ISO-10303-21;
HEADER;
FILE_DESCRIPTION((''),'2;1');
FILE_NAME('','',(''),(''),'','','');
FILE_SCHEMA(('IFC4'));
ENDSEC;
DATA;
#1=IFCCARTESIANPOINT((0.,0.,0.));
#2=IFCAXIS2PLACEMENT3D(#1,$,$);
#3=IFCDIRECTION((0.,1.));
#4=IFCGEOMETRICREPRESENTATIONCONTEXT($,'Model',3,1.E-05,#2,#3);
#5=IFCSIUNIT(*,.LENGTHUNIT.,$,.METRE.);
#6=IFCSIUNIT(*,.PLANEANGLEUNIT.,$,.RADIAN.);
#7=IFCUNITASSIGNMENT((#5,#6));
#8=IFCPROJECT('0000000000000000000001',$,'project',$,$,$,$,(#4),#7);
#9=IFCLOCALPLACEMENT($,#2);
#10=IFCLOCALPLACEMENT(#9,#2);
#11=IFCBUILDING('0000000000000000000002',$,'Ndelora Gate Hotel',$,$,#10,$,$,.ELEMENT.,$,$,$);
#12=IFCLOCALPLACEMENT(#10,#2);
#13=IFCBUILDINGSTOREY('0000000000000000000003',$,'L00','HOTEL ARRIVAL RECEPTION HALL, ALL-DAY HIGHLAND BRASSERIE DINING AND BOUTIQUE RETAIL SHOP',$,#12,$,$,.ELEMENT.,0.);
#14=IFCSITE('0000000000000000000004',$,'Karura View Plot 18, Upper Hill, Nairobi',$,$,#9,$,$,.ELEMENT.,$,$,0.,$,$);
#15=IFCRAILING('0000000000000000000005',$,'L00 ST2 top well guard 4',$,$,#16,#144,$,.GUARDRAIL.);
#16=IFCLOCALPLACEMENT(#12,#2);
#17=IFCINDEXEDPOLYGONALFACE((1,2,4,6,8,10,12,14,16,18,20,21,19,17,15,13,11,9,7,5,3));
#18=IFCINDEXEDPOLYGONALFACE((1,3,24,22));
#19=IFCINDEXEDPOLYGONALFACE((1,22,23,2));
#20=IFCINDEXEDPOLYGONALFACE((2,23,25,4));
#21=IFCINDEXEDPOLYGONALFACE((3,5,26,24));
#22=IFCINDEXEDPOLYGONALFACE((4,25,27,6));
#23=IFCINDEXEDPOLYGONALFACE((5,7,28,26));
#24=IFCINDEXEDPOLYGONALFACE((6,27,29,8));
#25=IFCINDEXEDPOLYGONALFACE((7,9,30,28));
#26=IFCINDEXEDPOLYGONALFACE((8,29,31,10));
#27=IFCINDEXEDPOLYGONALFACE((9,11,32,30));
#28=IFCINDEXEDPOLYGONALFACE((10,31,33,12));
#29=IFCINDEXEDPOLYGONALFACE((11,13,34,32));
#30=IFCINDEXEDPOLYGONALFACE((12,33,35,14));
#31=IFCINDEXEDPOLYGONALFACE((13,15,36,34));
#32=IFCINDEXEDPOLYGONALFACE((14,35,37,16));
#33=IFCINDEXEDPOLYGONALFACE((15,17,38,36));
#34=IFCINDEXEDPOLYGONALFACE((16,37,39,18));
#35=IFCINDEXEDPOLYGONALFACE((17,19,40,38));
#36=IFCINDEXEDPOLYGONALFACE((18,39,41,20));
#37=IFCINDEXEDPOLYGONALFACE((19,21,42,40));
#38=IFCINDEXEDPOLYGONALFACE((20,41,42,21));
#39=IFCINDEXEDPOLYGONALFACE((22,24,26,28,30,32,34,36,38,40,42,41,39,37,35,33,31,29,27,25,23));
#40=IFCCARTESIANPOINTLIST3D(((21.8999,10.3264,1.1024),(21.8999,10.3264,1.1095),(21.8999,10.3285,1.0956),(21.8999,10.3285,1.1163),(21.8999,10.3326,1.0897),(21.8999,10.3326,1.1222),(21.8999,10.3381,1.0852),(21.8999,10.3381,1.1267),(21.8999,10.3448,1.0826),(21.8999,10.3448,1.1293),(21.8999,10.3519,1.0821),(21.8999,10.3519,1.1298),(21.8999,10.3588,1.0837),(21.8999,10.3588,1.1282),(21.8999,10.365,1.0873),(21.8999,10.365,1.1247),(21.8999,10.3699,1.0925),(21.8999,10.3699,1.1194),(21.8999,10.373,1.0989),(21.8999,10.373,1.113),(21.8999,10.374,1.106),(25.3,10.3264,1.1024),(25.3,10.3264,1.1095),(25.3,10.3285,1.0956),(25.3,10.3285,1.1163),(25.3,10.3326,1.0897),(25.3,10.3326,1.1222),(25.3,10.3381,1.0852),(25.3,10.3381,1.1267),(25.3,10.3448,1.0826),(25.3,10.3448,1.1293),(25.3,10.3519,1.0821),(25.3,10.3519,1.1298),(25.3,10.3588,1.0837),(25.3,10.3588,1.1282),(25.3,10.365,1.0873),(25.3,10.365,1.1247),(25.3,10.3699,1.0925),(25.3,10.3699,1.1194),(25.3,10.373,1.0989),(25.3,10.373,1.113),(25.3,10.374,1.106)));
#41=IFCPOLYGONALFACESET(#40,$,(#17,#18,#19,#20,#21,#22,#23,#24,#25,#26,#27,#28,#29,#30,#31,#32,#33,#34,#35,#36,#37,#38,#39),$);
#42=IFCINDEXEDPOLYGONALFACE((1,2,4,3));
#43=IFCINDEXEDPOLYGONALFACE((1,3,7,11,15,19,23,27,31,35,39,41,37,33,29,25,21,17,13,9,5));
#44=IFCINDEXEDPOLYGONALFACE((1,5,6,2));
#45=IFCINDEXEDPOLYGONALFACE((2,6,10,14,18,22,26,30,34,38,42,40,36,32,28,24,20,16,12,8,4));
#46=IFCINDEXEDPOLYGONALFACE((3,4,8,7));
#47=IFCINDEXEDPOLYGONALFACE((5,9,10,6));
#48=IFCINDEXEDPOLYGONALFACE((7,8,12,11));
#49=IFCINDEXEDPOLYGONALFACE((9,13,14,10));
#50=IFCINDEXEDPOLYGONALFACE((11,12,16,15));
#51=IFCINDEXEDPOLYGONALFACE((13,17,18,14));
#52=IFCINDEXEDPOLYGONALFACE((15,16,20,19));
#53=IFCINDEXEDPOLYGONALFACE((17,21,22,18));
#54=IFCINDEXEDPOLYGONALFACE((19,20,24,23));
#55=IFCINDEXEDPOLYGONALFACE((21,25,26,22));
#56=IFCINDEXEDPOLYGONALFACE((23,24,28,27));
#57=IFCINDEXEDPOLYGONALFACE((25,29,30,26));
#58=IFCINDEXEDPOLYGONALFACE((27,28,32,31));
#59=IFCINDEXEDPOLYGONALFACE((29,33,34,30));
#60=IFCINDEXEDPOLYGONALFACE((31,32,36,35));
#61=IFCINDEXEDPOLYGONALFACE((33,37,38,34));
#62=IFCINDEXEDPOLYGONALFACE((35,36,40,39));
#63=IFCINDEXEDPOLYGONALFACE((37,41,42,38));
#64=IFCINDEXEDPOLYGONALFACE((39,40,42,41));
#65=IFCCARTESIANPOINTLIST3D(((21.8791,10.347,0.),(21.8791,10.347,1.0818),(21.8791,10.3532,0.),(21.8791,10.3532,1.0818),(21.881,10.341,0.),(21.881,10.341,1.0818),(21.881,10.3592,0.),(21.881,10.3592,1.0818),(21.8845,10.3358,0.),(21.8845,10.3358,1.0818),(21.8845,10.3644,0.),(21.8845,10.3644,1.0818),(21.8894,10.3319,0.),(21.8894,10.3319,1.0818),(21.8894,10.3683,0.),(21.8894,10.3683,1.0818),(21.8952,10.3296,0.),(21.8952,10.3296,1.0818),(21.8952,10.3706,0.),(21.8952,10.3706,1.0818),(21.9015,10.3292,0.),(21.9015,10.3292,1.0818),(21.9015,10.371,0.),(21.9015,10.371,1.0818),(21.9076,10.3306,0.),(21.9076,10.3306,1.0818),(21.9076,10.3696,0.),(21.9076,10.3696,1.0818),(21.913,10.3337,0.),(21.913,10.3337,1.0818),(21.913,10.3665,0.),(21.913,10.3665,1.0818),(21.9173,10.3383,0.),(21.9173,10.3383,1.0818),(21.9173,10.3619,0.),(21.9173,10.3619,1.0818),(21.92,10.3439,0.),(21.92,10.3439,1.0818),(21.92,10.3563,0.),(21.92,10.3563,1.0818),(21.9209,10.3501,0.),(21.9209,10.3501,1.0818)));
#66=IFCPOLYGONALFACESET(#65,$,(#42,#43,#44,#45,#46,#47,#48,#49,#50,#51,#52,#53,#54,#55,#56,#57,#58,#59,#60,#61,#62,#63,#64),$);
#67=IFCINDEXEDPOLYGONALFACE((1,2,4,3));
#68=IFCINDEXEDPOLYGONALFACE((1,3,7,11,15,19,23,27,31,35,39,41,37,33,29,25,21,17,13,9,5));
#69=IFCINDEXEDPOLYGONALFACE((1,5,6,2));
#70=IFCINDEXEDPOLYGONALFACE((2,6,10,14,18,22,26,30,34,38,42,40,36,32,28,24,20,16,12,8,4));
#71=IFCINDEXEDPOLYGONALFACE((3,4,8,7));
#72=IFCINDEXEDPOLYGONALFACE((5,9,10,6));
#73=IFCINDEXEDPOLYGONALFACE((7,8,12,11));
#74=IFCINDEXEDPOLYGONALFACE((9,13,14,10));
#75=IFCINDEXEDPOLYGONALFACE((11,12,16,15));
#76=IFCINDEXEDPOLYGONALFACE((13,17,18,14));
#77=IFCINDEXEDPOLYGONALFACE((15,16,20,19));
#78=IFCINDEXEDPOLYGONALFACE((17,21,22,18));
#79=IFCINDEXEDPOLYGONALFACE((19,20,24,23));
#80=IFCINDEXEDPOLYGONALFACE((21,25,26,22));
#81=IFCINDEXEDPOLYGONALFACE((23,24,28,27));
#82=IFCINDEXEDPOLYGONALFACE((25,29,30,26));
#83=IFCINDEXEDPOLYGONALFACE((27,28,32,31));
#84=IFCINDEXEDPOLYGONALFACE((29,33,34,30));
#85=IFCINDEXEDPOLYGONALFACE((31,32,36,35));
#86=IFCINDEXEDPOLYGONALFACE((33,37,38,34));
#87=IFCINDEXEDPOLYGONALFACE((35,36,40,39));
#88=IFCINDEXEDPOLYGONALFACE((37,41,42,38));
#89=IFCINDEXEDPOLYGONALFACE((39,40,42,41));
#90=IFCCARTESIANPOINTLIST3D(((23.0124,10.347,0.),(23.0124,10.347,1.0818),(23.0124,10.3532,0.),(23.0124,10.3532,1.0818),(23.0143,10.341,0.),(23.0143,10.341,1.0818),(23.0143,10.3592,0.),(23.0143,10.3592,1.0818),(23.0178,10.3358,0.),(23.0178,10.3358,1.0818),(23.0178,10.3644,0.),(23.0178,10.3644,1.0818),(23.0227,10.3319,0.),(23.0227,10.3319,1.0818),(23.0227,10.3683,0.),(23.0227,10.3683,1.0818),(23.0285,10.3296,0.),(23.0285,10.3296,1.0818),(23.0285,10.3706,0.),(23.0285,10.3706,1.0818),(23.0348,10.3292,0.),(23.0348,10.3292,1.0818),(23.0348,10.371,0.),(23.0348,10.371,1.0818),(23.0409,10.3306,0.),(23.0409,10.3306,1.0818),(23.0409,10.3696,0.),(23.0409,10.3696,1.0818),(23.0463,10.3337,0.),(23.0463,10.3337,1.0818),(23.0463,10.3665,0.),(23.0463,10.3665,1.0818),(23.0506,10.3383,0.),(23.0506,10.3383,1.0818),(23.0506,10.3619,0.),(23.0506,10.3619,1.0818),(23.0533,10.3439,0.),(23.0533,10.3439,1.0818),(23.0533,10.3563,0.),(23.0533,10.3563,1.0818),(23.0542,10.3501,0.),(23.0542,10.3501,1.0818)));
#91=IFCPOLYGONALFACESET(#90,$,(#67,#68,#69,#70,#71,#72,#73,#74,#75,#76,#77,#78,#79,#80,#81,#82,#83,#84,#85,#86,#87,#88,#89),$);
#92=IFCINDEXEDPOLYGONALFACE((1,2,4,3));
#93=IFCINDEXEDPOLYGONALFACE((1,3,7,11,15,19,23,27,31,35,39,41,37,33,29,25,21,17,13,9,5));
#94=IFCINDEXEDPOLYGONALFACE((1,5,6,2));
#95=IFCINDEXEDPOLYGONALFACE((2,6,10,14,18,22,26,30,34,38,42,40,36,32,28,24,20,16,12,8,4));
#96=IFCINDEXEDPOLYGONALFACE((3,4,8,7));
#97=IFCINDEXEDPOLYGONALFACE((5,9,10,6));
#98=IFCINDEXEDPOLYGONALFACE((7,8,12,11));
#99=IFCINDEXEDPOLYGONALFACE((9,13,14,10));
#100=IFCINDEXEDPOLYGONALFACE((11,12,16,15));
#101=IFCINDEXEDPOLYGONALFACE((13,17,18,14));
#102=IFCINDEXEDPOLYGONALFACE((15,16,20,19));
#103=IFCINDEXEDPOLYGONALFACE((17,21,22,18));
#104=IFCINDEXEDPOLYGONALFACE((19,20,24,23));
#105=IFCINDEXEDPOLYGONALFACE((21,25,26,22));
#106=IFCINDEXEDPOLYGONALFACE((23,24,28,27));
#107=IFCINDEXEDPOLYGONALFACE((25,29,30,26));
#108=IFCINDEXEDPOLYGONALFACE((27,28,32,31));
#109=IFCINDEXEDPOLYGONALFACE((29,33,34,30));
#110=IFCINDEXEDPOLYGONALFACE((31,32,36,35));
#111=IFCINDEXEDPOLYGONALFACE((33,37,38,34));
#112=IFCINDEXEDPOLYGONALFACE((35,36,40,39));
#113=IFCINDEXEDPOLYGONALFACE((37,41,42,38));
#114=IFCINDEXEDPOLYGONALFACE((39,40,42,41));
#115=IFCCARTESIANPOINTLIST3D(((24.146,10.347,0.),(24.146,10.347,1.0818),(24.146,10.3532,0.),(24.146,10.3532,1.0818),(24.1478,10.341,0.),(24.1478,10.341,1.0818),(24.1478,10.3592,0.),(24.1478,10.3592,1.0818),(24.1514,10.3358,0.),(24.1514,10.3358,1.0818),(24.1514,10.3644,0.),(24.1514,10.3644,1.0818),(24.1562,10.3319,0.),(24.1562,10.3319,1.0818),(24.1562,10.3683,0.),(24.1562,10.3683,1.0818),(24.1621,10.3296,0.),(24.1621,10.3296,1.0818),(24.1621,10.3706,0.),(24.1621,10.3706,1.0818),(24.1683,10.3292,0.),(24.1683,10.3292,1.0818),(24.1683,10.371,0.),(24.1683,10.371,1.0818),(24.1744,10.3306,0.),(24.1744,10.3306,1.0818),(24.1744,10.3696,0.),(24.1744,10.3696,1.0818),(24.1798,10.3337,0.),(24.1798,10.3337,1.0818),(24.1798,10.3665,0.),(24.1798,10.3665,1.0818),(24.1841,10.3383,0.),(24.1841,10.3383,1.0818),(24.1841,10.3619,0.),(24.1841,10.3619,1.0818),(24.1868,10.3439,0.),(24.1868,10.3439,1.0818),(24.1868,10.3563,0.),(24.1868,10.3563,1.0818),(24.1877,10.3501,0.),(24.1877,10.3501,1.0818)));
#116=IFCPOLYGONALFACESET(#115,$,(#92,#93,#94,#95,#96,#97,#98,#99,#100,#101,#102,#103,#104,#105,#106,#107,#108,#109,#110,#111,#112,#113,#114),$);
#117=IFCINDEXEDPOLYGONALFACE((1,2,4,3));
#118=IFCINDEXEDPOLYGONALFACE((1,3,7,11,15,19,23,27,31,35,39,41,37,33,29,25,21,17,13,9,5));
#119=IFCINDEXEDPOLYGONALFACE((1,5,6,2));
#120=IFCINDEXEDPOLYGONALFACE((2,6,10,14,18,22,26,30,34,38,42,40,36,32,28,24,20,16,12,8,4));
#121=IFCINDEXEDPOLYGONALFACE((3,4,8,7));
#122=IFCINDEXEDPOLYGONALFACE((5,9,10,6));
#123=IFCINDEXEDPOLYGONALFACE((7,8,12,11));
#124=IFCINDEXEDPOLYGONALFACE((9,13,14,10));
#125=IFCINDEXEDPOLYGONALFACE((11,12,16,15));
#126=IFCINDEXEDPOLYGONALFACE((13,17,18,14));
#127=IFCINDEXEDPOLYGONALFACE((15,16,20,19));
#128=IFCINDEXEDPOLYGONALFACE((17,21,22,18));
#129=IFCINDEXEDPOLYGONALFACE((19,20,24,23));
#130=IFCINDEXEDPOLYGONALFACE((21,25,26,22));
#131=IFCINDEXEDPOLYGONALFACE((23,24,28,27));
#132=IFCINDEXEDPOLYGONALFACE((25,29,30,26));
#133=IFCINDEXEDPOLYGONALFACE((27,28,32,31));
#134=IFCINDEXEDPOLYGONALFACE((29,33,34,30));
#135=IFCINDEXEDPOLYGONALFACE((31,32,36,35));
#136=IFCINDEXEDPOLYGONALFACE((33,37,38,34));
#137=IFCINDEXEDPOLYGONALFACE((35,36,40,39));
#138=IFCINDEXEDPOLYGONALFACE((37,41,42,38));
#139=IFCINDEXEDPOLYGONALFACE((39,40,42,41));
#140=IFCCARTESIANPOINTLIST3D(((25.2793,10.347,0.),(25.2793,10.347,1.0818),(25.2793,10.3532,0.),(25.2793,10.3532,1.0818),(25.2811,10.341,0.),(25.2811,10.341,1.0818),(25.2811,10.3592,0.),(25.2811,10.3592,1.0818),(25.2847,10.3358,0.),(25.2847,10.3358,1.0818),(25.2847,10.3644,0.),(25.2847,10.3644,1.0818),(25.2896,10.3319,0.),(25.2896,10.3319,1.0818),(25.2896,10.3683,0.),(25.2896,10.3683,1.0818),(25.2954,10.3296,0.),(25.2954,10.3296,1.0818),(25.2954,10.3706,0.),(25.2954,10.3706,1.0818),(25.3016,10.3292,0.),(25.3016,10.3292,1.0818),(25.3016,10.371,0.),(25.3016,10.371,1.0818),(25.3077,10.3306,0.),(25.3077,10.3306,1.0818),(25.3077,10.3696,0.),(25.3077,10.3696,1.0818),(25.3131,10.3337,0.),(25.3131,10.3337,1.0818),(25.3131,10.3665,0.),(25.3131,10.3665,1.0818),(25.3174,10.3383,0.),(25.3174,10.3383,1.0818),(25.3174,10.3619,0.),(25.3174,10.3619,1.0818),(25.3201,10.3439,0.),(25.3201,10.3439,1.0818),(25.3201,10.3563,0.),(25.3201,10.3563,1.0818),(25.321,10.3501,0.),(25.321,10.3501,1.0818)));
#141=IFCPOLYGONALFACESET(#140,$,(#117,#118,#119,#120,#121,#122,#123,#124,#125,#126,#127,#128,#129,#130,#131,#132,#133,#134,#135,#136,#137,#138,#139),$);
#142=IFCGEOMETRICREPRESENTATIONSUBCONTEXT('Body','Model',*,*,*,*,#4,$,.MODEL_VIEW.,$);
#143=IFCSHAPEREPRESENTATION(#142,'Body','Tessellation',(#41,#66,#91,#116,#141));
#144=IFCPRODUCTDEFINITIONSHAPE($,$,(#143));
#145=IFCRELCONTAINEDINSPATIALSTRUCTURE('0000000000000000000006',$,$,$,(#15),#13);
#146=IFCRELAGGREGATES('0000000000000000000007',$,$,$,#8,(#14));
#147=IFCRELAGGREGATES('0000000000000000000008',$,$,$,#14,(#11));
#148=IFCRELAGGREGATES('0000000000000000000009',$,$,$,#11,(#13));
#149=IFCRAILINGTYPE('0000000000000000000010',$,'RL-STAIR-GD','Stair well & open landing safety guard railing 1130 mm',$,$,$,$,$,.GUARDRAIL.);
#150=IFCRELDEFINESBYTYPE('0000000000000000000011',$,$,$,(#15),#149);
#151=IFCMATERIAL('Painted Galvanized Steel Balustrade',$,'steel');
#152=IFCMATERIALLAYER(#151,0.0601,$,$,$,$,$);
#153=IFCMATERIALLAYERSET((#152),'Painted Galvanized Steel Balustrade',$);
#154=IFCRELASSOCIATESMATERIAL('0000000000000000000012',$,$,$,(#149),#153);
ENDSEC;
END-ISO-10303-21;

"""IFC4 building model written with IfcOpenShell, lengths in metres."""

from ifc_helpers import new_model, si_unit, direction, frame, origin, origin_2d, place, context, subcontext, project, spatial, circle, extrude, material, layer, layer_set, type_object, element, save


model = new_model("IFC4")

# Units and contexts
model_context = context("Model", 3, precision=1e-05, world=origin(), true_north=direction((0.0, 1.0)))
body_context = subcontext(model_context, "Body", "Model", "MODEL_VIEW")
ifc_project = project(units=[si_unit("LENGTHUNIT", "METRE"), si_unit("PLANEANGLEUNIT", "RADIAN")], contexts=[model_context])

# Site, building, storey
site_placement = place(None, origin())
site = spatial("IfcSite", under=ifc_project, at=site_placement, Name="Karura View Plot 18, Upper Hill, Nairobi", CompositionType="ELEMENT", RefElevation=0.0)
building_placement = place(site_placement, origin())
building = spatial("IfcBuilding", under=site, at=building_placement, Name="Ndelora Gate Hotel", CompositionType="ELEMENT")
storey_placement = place(building_placement, origin())
storey = spatial("IfcBuildingStorey", under=building, at=storey_placement, Name="L00", Description="HOTEL ARRIVAL RECEPTION HALL, ALL-DAY HIGHLAND BRASSERIE DINING AND BOUTIQUE RETAIL SHOP", CompositionType="ELEMENT", Elevation=0.0)

# Railing
ifc_material_1 = material(Name="Painted Galvanized Steel Balustrade", Category="steel")
ifc_layer_1 = layer(ifc_material_1, 0.0601)
ifc_layer_set_1 = layer_set([ifc_layer_1], Name="Painted Galvanized Steel Balustrade")
railing_type = type_object("IfcRailingType", Name="RL-STAIR-GD", Description="Stair well & open landing safety guard railing 1130 mm", PredefinedType="GUARDRAIL", material=ifc_layer_set_1)
railing_placement = place(storey_placement, frame((21.8999, 10.3501, 0.0)))
element("IfcRailing", 1, at=railing_placement, inside=storey, type_object=railing_type, Name="L00 ST2 top well guard 4", PredefinedType="GUARDRAIL", context=body_context, shape_type="SweptSolid", body=[
    extrude(circle(Radius=0.0239, at=origin_2d()), frame((0.0, 0.0, 1.106), z_axis=(1.0, 0.0, 0.0), x_axis=(0.0, 1.0, 0.0)), (0.0, 0.0, 1.0), 3.4001),
    extrude(circle(Radius=0.021, at=origin_2d()), origin(), (0.0, 0.0, 1.0), 1.0818),
    extrude(circle(Radius=0.021, at=origin_2d()), frame((1.1333, 0.0, 0.0)), (0.0, 0.0, 1.0), 1.0818),
    extrude(circle(Radius=0.021, at=origin_2d()), frame((2.2668, 0.0, 0.0)), (0.0, 0.0, 1.0), 1.0818),
    extrude(circle(Radius=0.021, at=origin_2d()), frame((3.4001, 0.0, 0.0)), (0.0, 0.0, 1.0), 1.0818),
])

save(model, "model.ifc")
